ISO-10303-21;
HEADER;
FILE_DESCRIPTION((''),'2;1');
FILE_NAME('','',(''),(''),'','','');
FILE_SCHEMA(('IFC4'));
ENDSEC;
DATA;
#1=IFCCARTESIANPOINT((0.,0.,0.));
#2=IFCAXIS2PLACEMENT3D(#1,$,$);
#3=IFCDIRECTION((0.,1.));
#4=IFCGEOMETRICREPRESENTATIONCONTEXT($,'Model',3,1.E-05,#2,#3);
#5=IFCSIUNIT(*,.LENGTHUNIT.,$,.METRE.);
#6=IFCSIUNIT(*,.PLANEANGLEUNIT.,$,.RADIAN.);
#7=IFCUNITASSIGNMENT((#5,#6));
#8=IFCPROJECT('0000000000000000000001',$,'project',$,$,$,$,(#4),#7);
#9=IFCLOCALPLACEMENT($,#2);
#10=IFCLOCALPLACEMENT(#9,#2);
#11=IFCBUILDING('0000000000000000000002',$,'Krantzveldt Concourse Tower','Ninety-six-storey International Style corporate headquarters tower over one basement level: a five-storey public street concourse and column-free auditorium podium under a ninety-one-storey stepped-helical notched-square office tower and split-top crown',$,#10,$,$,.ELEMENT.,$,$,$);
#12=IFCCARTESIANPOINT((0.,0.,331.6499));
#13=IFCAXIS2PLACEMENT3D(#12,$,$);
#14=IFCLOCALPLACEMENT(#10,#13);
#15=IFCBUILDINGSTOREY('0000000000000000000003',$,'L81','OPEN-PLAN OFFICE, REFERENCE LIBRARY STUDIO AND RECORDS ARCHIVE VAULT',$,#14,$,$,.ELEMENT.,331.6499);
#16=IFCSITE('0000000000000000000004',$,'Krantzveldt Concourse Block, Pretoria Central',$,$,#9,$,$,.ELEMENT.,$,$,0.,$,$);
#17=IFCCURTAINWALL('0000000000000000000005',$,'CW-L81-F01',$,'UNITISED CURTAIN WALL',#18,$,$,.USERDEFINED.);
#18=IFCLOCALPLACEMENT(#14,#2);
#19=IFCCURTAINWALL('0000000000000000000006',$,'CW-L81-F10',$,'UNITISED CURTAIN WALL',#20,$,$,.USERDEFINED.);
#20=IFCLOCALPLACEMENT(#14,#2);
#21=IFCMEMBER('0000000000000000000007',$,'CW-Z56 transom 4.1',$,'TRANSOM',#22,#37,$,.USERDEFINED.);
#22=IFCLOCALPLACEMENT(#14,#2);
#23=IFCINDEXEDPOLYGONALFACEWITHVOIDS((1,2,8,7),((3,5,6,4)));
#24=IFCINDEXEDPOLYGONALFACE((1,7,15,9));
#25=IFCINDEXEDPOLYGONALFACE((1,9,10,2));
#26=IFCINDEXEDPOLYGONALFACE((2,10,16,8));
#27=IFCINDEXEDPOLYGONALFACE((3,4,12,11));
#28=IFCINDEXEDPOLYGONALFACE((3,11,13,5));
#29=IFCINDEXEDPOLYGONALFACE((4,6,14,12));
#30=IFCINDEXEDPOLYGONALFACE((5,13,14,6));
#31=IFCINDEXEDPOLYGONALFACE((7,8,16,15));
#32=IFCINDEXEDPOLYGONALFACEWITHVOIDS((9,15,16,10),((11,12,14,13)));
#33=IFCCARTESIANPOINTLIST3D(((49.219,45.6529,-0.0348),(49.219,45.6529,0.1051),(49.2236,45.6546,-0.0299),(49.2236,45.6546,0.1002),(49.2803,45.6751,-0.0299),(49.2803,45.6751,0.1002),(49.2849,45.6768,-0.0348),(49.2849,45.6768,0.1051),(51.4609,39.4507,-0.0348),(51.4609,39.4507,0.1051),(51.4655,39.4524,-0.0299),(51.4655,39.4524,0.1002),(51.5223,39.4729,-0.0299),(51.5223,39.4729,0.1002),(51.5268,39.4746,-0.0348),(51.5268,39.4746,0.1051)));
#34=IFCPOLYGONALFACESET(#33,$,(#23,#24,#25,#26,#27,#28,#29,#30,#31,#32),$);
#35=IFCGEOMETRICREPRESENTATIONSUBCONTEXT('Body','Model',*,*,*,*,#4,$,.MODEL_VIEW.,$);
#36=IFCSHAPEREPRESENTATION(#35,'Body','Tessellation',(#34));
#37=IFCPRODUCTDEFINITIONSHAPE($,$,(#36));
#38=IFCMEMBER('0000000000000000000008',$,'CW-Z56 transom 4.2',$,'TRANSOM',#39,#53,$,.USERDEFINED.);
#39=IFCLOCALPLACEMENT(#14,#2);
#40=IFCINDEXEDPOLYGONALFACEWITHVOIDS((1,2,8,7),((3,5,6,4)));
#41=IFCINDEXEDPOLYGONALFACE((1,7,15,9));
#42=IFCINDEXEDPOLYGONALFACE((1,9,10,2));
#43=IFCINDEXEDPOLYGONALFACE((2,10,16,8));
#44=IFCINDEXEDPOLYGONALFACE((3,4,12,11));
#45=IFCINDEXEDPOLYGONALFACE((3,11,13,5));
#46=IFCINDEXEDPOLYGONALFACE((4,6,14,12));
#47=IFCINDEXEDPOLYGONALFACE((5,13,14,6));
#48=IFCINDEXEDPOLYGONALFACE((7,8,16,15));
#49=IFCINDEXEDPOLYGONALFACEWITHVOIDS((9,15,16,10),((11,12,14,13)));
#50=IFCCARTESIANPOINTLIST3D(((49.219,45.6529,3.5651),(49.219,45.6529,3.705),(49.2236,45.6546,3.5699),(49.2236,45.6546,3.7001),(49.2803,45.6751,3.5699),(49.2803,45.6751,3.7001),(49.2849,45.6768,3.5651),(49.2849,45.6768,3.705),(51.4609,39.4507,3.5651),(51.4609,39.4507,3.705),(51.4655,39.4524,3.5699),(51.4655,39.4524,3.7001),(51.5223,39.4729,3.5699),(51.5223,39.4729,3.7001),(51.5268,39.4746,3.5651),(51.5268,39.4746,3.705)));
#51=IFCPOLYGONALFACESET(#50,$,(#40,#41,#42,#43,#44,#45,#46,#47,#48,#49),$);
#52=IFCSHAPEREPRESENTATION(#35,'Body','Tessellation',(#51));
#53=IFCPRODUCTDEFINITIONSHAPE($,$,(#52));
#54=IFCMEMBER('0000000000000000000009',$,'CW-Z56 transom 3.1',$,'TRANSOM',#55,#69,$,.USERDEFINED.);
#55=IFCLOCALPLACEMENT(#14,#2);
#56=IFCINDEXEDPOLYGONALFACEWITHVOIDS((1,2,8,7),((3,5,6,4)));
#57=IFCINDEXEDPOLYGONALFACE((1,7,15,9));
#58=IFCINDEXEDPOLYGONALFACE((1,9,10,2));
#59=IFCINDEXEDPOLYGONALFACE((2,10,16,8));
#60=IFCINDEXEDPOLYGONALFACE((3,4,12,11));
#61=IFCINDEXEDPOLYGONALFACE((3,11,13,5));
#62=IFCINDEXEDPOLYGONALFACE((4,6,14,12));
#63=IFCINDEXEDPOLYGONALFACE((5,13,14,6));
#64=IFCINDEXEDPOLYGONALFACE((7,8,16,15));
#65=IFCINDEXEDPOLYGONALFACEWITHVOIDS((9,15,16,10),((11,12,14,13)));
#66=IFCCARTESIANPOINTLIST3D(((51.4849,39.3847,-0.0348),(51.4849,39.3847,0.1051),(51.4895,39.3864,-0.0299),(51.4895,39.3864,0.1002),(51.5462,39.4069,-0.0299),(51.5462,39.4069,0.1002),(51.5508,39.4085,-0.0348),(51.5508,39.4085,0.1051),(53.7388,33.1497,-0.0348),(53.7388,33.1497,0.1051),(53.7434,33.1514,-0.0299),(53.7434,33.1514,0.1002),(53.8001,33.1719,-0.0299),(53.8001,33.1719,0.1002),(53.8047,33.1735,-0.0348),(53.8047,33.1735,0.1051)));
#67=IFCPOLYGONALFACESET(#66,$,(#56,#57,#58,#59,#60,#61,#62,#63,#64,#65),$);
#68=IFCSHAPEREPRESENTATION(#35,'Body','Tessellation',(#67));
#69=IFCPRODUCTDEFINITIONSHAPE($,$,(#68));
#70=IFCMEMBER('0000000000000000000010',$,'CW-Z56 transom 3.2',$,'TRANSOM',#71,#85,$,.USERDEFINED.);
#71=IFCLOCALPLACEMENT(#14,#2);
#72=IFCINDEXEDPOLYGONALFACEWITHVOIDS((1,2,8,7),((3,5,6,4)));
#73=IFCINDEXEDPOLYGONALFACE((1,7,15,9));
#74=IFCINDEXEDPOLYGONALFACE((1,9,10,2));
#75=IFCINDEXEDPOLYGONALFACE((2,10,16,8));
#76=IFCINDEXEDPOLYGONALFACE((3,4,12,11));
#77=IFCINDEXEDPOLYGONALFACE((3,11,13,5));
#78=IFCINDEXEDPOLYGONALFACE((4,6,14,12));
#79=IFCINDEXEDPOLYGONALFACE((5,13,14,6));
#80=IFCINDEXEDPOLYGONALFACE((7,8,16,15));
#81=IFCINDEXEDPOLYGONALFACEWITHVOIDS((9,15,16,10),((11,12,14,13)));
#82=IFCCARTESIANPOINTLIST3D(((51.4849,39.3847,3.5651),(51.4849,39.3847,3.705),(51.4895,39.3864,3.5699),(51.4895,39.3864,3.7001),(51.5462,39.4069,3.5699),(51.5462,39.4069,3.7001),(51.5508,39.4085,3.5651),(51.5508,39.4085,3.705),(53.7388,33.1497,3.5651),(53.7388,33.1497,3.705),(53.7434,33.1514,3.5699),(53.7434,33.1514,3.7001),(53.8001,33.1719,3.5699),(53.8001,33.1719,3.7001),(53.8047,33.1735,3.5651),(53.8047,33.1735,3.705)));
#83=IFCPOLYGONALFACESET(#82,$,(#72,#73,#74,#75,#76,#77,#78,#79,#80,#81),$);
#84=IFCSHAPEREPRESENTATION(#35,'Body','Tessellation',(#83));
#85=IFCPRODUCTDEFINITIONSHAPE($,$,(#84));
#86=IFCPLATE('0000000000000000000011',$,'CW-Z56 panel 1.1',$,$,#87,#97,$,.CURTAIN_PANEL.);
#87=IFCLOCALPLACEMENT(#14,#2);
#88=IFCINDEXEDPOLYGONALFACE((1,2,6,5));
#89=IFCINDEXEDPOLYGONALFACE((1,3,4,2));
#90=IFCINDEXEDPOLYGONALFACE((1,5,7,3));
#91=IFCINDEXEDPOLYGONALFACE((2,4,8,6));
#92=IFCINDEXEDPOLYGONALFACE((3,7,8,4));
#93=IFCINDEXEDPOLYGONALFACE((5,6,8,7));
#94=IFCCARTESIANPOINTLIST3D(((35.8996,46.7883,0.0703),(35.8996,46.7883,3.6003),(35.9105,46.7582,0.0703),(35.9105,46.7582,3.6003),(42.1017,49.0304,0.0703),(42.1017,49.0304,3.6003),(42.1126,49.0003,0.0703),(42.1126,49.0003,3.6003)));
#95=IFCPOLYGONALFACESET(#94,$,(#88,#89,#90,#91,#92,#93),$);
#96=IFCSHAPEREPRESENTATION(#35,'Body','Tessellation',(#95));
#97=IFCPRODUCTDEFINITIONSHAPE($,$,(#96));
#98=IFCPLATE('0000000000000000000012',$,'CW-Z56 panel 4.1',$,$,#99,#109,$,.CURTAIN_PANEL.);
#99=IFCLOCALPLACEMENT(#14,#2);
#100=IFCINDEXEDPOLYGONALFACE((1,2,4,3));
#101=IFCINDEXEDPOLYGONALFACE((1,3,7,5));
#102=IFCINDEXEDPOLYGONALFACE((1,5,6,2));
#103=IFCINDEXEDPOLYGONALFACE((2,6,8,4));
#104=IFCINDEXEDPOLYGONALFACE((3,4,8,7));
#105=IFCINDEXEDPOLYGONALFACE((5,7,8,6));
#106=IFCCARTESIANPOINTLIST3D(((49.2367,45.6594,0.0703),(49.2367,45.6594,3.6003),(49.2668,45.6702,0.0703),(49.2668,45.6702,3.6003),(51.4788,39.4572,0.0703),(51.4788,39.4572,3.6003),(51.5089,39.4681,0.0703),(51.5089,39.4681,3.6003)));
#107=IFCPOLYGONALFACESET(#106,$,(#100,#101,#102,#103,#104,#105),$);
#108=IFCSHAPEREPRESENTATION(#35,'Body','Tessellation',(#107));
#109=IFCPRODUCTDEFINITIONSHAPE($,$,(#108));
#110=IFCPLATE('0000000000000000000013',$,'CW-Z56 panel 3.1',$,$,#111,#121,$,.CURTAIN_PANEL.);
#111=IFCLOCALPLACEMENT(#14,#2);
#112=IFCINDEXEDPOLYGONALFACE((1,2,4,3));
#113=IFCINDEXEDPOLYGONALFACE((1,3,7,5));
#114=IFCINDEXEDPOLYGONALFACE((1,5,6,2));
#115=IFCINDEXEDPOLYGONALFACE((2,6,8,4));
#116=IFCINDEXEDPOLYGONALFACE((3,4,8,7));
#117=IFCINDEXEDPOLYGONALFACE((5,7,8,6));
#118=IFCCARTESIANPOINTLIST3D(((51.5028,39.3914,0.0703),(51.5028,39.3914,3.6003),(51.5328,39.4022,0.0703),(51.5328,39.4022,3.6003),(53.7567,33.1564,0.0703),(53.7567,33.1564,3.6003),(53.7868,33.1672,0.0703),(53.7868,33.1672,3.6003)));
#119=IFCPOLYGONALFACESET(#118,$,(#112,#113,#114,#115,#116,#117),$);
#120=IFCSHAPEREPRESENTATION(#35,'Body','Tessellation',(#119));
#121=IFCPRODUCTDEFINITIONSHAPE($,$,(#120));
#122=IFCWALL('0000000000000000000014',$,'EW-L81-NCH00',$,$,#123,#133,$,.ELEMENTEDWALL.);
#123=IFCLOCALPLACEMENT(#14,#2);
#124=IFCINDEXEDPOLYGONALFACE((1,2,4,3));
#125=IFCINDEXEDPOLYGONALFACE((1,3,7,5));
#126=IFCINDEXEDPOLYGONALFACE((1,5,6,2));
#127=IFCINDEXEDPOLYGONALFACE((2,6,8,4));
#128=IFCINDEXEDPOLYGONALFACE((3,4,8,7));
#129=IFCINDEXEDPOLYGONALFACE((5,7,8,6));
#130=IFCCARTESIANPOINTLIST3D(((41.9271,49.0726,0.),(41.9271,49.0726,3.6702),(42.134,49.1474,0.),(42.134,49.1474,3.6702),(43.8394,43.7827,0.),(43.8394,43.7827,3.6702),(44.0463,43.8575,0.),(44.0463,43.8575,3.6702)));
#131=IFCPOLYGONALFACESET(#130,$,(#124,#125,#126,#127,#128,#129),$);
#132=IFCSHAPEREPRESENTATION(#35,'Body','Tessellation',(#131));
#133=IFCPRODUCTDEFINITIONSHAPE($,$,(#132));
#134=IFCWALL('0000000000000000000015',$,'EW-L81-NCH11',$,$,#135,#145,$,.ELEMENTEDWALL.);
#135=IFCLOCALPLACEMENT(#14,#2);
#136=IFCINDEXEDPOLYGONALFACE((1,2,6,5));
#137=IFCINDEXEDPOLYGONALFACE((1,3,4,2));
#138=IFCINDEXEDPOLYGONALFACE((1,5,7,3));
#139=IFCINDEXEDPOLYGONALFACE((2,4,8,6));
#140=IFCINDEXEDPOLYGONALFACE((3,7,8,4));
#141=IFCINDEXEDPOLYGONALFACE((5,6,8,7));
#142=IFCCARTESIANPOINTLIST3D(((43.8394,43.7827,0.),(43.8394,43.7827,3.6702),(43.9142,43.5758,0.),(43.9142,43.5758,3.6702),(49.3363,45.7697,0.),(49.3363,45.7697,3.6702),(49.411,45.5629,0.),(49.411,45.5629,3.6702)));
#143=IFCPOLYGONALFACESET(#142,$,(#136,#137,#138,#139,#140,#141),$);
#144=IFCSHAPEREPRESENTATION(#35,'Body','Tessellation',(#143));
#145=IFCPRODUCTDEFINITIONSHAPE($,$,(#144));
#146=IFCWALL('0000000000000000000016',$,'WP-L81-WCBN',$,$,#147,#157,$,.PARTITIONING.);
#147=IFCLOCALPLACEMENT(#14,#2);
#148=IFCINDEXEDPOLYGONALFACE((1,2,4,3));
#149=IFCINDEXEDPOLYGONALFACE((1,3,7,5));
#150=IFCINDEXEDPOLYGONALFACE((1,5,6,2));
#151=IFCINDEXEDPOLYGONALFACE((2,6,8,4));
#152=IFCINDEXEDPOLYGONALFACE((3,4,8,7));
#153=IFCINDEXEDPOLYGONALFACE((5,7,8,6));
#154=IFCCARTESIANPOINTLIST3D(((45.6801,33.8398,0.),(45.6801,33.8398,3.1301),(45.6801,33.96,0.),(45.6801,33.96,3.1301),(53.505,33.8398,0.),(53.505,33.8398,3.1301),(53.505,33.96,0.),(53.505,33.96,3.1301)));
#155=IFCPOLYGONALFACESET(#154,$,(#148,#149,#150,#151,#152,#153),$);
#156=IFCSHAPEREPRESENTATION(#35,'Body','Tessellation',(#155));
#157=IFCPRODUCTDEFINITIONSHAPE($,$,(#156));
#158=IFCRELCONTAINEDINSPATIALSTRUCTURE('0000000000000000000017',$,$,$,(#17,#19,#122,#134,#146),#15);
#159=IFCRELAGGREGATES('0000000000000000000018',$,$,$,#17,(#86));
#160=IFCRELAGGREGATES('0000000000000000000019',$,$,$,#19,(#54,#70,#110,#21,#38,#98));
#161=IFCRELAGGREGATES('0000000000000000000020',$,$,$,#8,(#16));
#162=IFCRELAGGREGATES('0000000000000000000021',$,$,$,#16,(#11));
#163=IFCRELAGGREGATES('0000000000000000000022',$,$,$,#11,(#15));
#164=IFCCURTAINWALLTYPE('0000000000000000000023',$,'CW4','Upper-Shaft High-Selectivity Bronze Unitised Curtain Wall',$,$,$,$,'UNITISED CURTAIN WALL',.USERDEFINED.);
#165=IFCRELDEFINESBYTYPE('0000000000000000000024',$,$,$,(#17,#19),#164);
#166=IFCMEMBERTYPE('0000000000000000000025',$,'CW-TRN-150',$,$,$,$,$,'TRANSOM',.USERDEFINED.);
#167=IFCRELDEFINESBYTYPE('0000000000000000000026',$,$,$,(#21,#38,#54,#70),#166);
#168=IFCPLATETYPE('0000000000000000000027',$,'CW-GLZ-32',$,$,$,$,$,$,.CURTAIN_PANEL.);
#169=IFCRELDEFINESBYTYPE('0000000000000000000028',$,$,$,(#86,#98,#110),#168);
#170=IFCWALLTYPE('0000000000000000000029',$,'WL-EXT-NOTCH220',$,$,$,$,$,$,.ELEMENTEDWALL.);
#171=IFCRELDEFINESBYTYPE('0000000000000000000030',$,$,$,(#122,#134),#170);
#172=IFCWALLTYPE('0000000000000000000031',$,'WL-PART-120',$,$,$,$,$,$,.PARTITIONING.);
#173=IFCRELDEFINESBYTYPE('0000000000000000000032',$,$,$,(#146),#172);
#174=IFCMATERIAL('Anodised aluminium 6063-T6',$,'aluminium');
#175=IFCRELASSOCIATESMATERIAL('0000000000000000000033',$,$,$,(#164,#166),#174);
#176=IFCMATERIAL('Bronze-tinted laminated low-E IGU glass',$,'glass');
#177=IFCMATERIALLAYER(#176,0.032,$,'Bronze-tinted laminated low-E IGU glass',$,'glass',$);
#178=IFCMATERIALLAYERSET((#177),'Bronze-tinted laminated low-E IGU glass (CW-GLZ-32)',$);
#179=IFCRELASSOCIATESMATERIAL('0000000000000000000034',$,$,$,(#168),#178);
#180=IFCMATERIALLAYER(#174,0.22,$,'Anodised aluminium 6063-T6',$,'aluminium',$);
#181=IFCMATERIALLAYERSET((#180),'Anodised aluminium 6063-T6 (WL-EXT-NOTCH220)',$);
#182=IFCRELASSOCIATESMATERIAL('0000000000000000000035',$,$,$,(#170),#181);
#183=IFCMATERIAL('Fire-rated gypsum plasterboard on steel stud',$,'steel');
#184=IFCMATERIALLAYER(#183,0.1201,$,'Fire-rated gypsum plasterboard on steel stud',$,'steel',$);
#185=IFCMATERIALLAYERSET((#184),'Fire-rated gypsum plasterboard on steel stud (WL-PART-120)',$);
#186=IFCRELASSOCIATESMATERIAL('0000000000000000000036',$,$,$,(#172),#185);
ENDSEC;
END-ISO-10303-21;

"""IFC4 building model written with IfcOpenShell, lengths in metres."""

from ifc_helpers import new_model, si_unit, direction, frame, frame_2d, origin, origin_2d, place, context, subcontext, project, spatial, rectangle, hollow_rectangle, extrude, source, transform, mapped, material, layer, layer_set, material_profile, profile_set, type_object, type_shapes, element, aggregate, save


model = new_model("IFC4")

# Units and contexts
model_context = context("Model", 3, precision=1e-05, world=origin(), true_north=direction((0.0, 1.0)))
body_context = subcontext(model_context, "Body", "Model", "MODEL_VIEW")
ifc_project = project(units=[si_unit("LENGTHUNIT", "METRE"), si_unit("PLANEANGLEUNIT", "RADIAN")], contexts=[model_context])

# Site, building, storey
site_placement = place(None, origin())
site = spatial("IfcSite", under=ifc_project, at=site_placement, Name="Krantzveldt Concourse Block, Pretoria Central", CompositionType="ELEMENT", RefElevation=0.0)
building_placement = place(site_placement, origin())
building = spatial("IfcBuilding", under=site, at=building_placement, Name="Krantzveldt Concourse Tower", Description="Ninety-six-storey International Style corporate headquarters tower over one basement level: a five-storey public street concourse and column-free auditorium podium under a ninety-one-storey stepped-helical notched-square office tower and split-top crown", CompositionType="ELEMENT")
storey_placement = place(building_placement, frame((0.0, 0.0, 331.6499)))
storey = spatial("IfcBuildingStorey", under=building, at=storey_placement, Name="L81", Description="OPEN-PLAN OFFICE, REFERENCE LIBRARY STUDIO AND RECORDS ARCHIVE VAULT", CompositionType="ELEMENT", Elevation=331.6499)

# Curtain walls
ifc_material_1 = material(Name="Anodised aluminium 6063-T6", Category="aluminium")
curtain_wall_type = type_object("IfcCurtainWallType", Name="CW4", Description="Upper-Shaft High-Selectivity Bronze Unitised Curtain Wall", ElementType="UNITISED CURTAIN WALL", PredefinedType="USERDEFINED", material=ifc_material_1)
curtain_wall_1_placement = place(storey_placement, origin())
curtain_wall_1 = element("IfcCurtainWall", 1, at=curtain_wall_1_placement, inside=storey, type_object=curtain_wall_type, Name="CW-L81-F01", ObjectType="UNITISED CURTAIN WALL", PredefinedType="USERDEFINED")
curtain_wall_2_placement = place(storey_placement, origin())
curtain_wall_2 = element("IfcCurtainWall", 2, at=curtain_wall_2_placement, inside=storey, type_object=curtain_wall_type, Name="CW-L81-F10", ObjectType="UNITISED CURTAIN WALL", PredefinedType="USERDEFINED")

# Members
ifc_material_profile_1 = material_profile(ifc_material_1, hollow_rectangle(XDim=0.0701, YDim=0.1399, WallThickness=0.0049, at=origin_2d()), Name="Anodised aluminium 6063-T6", Category="aluminium")
ifc_profile_set_1 = profile_set([ifc_material_profile_1], Name="Anodised aluminium 6063-T6 - ALU-TRAN 140x70x5")
member_type_1 = type_object("IfcMemberType", Name="CW-TRN-150", ElementType="TRANSOM", PredefinedType="USERDEFINED", material=ifc_profile_set_1)
shared_shape_1 = source(origin(), body_context, "Body", "SweptSolid", [
    extrude(hollow_rectangle(XDim=0.0701, YDim=0.1399, WallThickness=0.0049, at=origin_2d()), origin(), (0.0, 0.0, 1.0), 6.595),
])
member_1_placement = place(storey_placement, frame((51.4939, 39.4626, 0.0352), z_axis=(-0.33995, 0.940443, 0.0), x_axis=(-0.940443, -0.33995, 0.0)))
member_1 = element("IfcMember", 3, at=member_1_placement, type_object=member_type_1, Name="CW-Z56 transom 4.1", ObjectType="TRANSOM", PredefinedType="USERDEFINED", context=body_context, shape_type="MappedRepresentation", body=[
    mapped(shared_shape_1, transform((0.0, 0.0, 0.0), x_axis=(1.0, 0.0, 0.0), y_axis=(0.0, 1.0, 0.0), z_axis=(0.0, 0.0, 1.0), scale=1.0)),
])
member_2_placement = place(storey_placement, frame((51.4939, 39.4626, 3.635), z_axis=(-0.33995, 0.940443, 0.0), x_axis=(-0.940443, -0.33995, 0.0)))
member_2 = element("IfcMember", 4, at=member_2_placement, type_object=member_type_1, Name="CW-Z56 transom 4.2", ObjectType="TRANSOM", PredefinedType="USERDEFINED", context=body_context, shape_type="MappedRepresentation", body=[
    mapped(shared_shape_1, transform((0.0, 0.0, 0.0), x_axis=(1.0, 0.0, 0.0), y_axis=(0.0, 1.0, 0.0), z_axis=(0.0, 0.0, 1.0), scale=1.0)),
])
shared_shape_2 = source(origin(), body_context, "Body", "SweptSolid", [
    extrude(hollow_rectangle(XDim=0.0701, YDim=0.1399, WallThickness=0.0049, at=origin_2d()), origin(), (0.0, 0.0, 1.0), 6.6299),
])
type_shapes(member_type_1, [shared_shape_1, shared_shape_2])
member_3_placement = place(storey_placement, frame((53.7717, 33.1616, 0.0352), z_axis=(-0.339957, 0.940441, 0.0), x_axis=(-0.940441, -0.339957, 0.0)))
member_3 = element("IfcMember", 5, at=member_3_placement, type_object=member_type_1, Name="CW-Z56 transom 3.1", ObjectType="TRANSOM", PredefinedType="USERDEFINED", context=body_context, shape_type="MappedRepresentation", body=[
    mapped(shared_shape_2, transform((0.0, 0.0, 0.0), x_axis=(1.0, 0.0, 0.0), y_axis=(0.0, 1.0, 0.0), z_axis=(0.0, 0.0, 1.0), scale=1.0)),
])
member_4_placement = place(storey_placement, frame((53.7717, 33.1616, 3.635), z_axis=(-0.339957, 0.940441, 0.0), x_axis=(-0.940441, -0.339957, 0.0)))
member_4 = element("IfcMember", 6, at=member_4_placement, type_object=member_type_1, Name="CW-Z56 transom 3.2", ObjectType="TRANSOM", PredefinedType="USERDEFINED", context=body_context, shape_type="MappedRepresentation", body=[
    mapped(shared_shape_2, transform((0.0, 0.0, 0.0), x_axis=(1.0, 0.0, 0.0), y_axis=(0.0, 1.0, 0.0), z_axis=(0.0, 0.0, 1.0), scale=1.0)),
])

# Plates
ifc_material_2 = material(Name="Bronze-tinted laminated low-E IGU glass", Category="glass")
ifc_layer_1 = layer(ifc_material_2, 0.032, Name="Bronze-tinted laminated low-E IGU glass", Category="glass")
ifc_layer_set_1 = layer_set([ifc_layer_1], Name="Bronze-tinted laminated low-E IGU glass (CW-GLZ-32)")
plate_type = type_object("IfcPlateType", Name="CW-GLZ-32", PredefinedType="CURTAIN_PANEL", material=ifc_layer_set_1)
shared_shape_3 = source(origin(), body_context, "Body", "SweptSolid", [
    extrude(rectangle(XDim=6.595, YDim=0.032, at=origin_2d()), origin(), (0.0, 0.0, 1.0), 3.53),
])
plate_1_placement = place(storey_placement, frame((39.0061, 47.8943, 0.0703), z_axis=(0.0, 0.0, 1.0), x_axis=(-0.940437, -0.339969, 0.0)))
plate_1 = element("IfcPlate", 7, at=plate_1_placement, type_object=plate_type, Name="CW-Z56 panel 1.1", PredefinedType="CURTAIN_PANEL", context=body_context, shape_type="MappedRepresentation", body=[
    mapped(shared_shape_3, transform((0.0, 0.0, 0.0), x_axis=(1.0, 0.0, 0.0), y_axis=(0.0, 1.0, 0.0), z_axis=(0.0, 0.0, 1.0), scale=1.0)),
])
aggregate(curtain_wall_1, [plate_1])
plate_2_placement = place(storey_placement, frame((50.3728, 42.5637, 0.0703), z_axis=(0.0, 0.0, 1.0), x_axis=(-0.339969, 0.940437, 0.0)))
plate_2 = element("IfcPlate", 8, at=plate_2_placement, type_object=plate_type, Name="CW-Z56 panel 4.1", PredefinedType="CURTAIN_PANEL", context=body_context, shape_type="MappedRepresentation", body=[
    mapped(shared_shape_3, transform((0.0, 0.0, 0.0), x_axis=(1.0, 0.0, 0.0), y_axis=(0.0, 1.0, 0.0), z_axis=(0.0, 0.0, 1.0), scale=1.0)),
])
shared_shape_4 = source(origin(), body_context, "Body", "SweptSolid", [
    extrude(rectangle(XDim=6.6299, YDim=0.032, at=origin_2d()), origin(), (0.0, 0.0, 1.0), 3.53),
])
type_shapes(plate_type, [shared_shape_3, shared_shape_4])
plate_3_placement = place(storey_placement, frame((52.6448, 36.2793, 0.0703), z_axis=(0.0, 0.0, 1.0), x_axis=(-0.339969, 0.940437, 0.0)))
plate_3 = element("IfcPlate", 9, at=plate_3_placement, type_object=plate_type, Name="CW-Z56 panel 3.1", PredefinedType="CURTAIN_PANEL", context=body_context, shape_type="MappedRepresentation", body=[
    mapped(shared_shape_4, transform((0.0, 0.0, 0.0), x_axis=(1.0, 0.0, 0.0), y_axis=(0.0, 1.0, 0.0), z_axis=(0.0, 0.0, 1.0), scale=1.0)),
])
aggregate(curtain_wall_2, [member_3, member_4, plate_3, member_1, member_2, plate_2])

# Walls
ifc_layer_2 = layer(ifc_material_1, 0.22, Name="Anodised aluminium 6063-T6", Category="aluminium")
ifc_layer_set_2 = layer_set([ifc_layer_2], Name="Anodised aluminium 6063-T6 (WL-EXT-NOTCH220)")
wall_type_1 = type_object("IfcWallType", Name="WL-EXT-NOTCH220", PredefinedType="ELEMENTEDWALL", material=ifc_layer_set_2)
wall_1_placement = place(storey_placement, frame((43.9429, 43.8201, 0.0), z_axis=(0.0, 0.0, 1.0), x_axis=(-0.339969, 0.940437, 0.0)))
element("IfcWall", 10, at=wall_1_placement, inside=storey, type_object=wall_type_1, Name="EW-L81-NCH00", PredefinedType="ELEMENTEDWALL", context=body_context, shape_type="SweptSolid", body=[
    extrude(rectangle(XDim=5.625, YDim=0.22, at=frame_2d((2.8125, 0.0))), origin(), (0.0, 0.0, 1.0), 3.6702),
])
wall_2_placement = place(storey_placement, frame((49.3735, 45.6663, 0.0), z_axis=(0.0, 0.0, 1.0), x_axis=(-0.940439, -0.339962, 0.0)))
element("IfcWall", 11, at=wall_2_placement, inside=storey, type_object=wall_type_1, Name="EW-L81-NCH11", PredefinedType="ELEMENTEDWALL", context=body_context, shape_type="SweptSolid", body=[
    extrude(rectangle(XDim=5.845, YDim=0.22, at=frame_2d((2.9224, 0.0))), origin(), (0.0, 0.0, 1.0), 3.6702),
])
ifc_material_3 = material(Name="Fire-rated gypsum plasterboard on steel stud", Category="steel")
ifc_layer_3 = layer(ifc_material_3, 0.1201, Name="Fire-rated gypsum plasterboard on steel stud", Category="steel")
ifc_layer_set_3 = layer_set([ifc_layer_3], Name="Fire-rated gypsum plasterboard on steel stud (WL-PART-120)")
wall_type_2 = type_object("IfcWallType", Name="WL-PART-120", PredefinedType="PARTITIONING", material=ifc_layer_set_3)
wall_3_placement = place(storey_placement, frame((45.6799, 33.8999, 0.0), z_axis=(0.0, 0.0, 1.0), x_axis=(1.0, 0.0, 0.0)))
element("IfcWall", 12, at=wall_3_placement, inside=storey, type_object=wall_type_2, Name="WP-L81-WCBN", PredefinedType="PARTITIONING", context=body_context, shape_type="SweptSolid", body=[
    extrude(rectangle(XDim=7.825, YDim=0.1201, at=frame_2d((3.9126, 0.0))), origin(), (0.0, 0.0, 1.0), 3.1301),
])

save(model, "model.ifc")
